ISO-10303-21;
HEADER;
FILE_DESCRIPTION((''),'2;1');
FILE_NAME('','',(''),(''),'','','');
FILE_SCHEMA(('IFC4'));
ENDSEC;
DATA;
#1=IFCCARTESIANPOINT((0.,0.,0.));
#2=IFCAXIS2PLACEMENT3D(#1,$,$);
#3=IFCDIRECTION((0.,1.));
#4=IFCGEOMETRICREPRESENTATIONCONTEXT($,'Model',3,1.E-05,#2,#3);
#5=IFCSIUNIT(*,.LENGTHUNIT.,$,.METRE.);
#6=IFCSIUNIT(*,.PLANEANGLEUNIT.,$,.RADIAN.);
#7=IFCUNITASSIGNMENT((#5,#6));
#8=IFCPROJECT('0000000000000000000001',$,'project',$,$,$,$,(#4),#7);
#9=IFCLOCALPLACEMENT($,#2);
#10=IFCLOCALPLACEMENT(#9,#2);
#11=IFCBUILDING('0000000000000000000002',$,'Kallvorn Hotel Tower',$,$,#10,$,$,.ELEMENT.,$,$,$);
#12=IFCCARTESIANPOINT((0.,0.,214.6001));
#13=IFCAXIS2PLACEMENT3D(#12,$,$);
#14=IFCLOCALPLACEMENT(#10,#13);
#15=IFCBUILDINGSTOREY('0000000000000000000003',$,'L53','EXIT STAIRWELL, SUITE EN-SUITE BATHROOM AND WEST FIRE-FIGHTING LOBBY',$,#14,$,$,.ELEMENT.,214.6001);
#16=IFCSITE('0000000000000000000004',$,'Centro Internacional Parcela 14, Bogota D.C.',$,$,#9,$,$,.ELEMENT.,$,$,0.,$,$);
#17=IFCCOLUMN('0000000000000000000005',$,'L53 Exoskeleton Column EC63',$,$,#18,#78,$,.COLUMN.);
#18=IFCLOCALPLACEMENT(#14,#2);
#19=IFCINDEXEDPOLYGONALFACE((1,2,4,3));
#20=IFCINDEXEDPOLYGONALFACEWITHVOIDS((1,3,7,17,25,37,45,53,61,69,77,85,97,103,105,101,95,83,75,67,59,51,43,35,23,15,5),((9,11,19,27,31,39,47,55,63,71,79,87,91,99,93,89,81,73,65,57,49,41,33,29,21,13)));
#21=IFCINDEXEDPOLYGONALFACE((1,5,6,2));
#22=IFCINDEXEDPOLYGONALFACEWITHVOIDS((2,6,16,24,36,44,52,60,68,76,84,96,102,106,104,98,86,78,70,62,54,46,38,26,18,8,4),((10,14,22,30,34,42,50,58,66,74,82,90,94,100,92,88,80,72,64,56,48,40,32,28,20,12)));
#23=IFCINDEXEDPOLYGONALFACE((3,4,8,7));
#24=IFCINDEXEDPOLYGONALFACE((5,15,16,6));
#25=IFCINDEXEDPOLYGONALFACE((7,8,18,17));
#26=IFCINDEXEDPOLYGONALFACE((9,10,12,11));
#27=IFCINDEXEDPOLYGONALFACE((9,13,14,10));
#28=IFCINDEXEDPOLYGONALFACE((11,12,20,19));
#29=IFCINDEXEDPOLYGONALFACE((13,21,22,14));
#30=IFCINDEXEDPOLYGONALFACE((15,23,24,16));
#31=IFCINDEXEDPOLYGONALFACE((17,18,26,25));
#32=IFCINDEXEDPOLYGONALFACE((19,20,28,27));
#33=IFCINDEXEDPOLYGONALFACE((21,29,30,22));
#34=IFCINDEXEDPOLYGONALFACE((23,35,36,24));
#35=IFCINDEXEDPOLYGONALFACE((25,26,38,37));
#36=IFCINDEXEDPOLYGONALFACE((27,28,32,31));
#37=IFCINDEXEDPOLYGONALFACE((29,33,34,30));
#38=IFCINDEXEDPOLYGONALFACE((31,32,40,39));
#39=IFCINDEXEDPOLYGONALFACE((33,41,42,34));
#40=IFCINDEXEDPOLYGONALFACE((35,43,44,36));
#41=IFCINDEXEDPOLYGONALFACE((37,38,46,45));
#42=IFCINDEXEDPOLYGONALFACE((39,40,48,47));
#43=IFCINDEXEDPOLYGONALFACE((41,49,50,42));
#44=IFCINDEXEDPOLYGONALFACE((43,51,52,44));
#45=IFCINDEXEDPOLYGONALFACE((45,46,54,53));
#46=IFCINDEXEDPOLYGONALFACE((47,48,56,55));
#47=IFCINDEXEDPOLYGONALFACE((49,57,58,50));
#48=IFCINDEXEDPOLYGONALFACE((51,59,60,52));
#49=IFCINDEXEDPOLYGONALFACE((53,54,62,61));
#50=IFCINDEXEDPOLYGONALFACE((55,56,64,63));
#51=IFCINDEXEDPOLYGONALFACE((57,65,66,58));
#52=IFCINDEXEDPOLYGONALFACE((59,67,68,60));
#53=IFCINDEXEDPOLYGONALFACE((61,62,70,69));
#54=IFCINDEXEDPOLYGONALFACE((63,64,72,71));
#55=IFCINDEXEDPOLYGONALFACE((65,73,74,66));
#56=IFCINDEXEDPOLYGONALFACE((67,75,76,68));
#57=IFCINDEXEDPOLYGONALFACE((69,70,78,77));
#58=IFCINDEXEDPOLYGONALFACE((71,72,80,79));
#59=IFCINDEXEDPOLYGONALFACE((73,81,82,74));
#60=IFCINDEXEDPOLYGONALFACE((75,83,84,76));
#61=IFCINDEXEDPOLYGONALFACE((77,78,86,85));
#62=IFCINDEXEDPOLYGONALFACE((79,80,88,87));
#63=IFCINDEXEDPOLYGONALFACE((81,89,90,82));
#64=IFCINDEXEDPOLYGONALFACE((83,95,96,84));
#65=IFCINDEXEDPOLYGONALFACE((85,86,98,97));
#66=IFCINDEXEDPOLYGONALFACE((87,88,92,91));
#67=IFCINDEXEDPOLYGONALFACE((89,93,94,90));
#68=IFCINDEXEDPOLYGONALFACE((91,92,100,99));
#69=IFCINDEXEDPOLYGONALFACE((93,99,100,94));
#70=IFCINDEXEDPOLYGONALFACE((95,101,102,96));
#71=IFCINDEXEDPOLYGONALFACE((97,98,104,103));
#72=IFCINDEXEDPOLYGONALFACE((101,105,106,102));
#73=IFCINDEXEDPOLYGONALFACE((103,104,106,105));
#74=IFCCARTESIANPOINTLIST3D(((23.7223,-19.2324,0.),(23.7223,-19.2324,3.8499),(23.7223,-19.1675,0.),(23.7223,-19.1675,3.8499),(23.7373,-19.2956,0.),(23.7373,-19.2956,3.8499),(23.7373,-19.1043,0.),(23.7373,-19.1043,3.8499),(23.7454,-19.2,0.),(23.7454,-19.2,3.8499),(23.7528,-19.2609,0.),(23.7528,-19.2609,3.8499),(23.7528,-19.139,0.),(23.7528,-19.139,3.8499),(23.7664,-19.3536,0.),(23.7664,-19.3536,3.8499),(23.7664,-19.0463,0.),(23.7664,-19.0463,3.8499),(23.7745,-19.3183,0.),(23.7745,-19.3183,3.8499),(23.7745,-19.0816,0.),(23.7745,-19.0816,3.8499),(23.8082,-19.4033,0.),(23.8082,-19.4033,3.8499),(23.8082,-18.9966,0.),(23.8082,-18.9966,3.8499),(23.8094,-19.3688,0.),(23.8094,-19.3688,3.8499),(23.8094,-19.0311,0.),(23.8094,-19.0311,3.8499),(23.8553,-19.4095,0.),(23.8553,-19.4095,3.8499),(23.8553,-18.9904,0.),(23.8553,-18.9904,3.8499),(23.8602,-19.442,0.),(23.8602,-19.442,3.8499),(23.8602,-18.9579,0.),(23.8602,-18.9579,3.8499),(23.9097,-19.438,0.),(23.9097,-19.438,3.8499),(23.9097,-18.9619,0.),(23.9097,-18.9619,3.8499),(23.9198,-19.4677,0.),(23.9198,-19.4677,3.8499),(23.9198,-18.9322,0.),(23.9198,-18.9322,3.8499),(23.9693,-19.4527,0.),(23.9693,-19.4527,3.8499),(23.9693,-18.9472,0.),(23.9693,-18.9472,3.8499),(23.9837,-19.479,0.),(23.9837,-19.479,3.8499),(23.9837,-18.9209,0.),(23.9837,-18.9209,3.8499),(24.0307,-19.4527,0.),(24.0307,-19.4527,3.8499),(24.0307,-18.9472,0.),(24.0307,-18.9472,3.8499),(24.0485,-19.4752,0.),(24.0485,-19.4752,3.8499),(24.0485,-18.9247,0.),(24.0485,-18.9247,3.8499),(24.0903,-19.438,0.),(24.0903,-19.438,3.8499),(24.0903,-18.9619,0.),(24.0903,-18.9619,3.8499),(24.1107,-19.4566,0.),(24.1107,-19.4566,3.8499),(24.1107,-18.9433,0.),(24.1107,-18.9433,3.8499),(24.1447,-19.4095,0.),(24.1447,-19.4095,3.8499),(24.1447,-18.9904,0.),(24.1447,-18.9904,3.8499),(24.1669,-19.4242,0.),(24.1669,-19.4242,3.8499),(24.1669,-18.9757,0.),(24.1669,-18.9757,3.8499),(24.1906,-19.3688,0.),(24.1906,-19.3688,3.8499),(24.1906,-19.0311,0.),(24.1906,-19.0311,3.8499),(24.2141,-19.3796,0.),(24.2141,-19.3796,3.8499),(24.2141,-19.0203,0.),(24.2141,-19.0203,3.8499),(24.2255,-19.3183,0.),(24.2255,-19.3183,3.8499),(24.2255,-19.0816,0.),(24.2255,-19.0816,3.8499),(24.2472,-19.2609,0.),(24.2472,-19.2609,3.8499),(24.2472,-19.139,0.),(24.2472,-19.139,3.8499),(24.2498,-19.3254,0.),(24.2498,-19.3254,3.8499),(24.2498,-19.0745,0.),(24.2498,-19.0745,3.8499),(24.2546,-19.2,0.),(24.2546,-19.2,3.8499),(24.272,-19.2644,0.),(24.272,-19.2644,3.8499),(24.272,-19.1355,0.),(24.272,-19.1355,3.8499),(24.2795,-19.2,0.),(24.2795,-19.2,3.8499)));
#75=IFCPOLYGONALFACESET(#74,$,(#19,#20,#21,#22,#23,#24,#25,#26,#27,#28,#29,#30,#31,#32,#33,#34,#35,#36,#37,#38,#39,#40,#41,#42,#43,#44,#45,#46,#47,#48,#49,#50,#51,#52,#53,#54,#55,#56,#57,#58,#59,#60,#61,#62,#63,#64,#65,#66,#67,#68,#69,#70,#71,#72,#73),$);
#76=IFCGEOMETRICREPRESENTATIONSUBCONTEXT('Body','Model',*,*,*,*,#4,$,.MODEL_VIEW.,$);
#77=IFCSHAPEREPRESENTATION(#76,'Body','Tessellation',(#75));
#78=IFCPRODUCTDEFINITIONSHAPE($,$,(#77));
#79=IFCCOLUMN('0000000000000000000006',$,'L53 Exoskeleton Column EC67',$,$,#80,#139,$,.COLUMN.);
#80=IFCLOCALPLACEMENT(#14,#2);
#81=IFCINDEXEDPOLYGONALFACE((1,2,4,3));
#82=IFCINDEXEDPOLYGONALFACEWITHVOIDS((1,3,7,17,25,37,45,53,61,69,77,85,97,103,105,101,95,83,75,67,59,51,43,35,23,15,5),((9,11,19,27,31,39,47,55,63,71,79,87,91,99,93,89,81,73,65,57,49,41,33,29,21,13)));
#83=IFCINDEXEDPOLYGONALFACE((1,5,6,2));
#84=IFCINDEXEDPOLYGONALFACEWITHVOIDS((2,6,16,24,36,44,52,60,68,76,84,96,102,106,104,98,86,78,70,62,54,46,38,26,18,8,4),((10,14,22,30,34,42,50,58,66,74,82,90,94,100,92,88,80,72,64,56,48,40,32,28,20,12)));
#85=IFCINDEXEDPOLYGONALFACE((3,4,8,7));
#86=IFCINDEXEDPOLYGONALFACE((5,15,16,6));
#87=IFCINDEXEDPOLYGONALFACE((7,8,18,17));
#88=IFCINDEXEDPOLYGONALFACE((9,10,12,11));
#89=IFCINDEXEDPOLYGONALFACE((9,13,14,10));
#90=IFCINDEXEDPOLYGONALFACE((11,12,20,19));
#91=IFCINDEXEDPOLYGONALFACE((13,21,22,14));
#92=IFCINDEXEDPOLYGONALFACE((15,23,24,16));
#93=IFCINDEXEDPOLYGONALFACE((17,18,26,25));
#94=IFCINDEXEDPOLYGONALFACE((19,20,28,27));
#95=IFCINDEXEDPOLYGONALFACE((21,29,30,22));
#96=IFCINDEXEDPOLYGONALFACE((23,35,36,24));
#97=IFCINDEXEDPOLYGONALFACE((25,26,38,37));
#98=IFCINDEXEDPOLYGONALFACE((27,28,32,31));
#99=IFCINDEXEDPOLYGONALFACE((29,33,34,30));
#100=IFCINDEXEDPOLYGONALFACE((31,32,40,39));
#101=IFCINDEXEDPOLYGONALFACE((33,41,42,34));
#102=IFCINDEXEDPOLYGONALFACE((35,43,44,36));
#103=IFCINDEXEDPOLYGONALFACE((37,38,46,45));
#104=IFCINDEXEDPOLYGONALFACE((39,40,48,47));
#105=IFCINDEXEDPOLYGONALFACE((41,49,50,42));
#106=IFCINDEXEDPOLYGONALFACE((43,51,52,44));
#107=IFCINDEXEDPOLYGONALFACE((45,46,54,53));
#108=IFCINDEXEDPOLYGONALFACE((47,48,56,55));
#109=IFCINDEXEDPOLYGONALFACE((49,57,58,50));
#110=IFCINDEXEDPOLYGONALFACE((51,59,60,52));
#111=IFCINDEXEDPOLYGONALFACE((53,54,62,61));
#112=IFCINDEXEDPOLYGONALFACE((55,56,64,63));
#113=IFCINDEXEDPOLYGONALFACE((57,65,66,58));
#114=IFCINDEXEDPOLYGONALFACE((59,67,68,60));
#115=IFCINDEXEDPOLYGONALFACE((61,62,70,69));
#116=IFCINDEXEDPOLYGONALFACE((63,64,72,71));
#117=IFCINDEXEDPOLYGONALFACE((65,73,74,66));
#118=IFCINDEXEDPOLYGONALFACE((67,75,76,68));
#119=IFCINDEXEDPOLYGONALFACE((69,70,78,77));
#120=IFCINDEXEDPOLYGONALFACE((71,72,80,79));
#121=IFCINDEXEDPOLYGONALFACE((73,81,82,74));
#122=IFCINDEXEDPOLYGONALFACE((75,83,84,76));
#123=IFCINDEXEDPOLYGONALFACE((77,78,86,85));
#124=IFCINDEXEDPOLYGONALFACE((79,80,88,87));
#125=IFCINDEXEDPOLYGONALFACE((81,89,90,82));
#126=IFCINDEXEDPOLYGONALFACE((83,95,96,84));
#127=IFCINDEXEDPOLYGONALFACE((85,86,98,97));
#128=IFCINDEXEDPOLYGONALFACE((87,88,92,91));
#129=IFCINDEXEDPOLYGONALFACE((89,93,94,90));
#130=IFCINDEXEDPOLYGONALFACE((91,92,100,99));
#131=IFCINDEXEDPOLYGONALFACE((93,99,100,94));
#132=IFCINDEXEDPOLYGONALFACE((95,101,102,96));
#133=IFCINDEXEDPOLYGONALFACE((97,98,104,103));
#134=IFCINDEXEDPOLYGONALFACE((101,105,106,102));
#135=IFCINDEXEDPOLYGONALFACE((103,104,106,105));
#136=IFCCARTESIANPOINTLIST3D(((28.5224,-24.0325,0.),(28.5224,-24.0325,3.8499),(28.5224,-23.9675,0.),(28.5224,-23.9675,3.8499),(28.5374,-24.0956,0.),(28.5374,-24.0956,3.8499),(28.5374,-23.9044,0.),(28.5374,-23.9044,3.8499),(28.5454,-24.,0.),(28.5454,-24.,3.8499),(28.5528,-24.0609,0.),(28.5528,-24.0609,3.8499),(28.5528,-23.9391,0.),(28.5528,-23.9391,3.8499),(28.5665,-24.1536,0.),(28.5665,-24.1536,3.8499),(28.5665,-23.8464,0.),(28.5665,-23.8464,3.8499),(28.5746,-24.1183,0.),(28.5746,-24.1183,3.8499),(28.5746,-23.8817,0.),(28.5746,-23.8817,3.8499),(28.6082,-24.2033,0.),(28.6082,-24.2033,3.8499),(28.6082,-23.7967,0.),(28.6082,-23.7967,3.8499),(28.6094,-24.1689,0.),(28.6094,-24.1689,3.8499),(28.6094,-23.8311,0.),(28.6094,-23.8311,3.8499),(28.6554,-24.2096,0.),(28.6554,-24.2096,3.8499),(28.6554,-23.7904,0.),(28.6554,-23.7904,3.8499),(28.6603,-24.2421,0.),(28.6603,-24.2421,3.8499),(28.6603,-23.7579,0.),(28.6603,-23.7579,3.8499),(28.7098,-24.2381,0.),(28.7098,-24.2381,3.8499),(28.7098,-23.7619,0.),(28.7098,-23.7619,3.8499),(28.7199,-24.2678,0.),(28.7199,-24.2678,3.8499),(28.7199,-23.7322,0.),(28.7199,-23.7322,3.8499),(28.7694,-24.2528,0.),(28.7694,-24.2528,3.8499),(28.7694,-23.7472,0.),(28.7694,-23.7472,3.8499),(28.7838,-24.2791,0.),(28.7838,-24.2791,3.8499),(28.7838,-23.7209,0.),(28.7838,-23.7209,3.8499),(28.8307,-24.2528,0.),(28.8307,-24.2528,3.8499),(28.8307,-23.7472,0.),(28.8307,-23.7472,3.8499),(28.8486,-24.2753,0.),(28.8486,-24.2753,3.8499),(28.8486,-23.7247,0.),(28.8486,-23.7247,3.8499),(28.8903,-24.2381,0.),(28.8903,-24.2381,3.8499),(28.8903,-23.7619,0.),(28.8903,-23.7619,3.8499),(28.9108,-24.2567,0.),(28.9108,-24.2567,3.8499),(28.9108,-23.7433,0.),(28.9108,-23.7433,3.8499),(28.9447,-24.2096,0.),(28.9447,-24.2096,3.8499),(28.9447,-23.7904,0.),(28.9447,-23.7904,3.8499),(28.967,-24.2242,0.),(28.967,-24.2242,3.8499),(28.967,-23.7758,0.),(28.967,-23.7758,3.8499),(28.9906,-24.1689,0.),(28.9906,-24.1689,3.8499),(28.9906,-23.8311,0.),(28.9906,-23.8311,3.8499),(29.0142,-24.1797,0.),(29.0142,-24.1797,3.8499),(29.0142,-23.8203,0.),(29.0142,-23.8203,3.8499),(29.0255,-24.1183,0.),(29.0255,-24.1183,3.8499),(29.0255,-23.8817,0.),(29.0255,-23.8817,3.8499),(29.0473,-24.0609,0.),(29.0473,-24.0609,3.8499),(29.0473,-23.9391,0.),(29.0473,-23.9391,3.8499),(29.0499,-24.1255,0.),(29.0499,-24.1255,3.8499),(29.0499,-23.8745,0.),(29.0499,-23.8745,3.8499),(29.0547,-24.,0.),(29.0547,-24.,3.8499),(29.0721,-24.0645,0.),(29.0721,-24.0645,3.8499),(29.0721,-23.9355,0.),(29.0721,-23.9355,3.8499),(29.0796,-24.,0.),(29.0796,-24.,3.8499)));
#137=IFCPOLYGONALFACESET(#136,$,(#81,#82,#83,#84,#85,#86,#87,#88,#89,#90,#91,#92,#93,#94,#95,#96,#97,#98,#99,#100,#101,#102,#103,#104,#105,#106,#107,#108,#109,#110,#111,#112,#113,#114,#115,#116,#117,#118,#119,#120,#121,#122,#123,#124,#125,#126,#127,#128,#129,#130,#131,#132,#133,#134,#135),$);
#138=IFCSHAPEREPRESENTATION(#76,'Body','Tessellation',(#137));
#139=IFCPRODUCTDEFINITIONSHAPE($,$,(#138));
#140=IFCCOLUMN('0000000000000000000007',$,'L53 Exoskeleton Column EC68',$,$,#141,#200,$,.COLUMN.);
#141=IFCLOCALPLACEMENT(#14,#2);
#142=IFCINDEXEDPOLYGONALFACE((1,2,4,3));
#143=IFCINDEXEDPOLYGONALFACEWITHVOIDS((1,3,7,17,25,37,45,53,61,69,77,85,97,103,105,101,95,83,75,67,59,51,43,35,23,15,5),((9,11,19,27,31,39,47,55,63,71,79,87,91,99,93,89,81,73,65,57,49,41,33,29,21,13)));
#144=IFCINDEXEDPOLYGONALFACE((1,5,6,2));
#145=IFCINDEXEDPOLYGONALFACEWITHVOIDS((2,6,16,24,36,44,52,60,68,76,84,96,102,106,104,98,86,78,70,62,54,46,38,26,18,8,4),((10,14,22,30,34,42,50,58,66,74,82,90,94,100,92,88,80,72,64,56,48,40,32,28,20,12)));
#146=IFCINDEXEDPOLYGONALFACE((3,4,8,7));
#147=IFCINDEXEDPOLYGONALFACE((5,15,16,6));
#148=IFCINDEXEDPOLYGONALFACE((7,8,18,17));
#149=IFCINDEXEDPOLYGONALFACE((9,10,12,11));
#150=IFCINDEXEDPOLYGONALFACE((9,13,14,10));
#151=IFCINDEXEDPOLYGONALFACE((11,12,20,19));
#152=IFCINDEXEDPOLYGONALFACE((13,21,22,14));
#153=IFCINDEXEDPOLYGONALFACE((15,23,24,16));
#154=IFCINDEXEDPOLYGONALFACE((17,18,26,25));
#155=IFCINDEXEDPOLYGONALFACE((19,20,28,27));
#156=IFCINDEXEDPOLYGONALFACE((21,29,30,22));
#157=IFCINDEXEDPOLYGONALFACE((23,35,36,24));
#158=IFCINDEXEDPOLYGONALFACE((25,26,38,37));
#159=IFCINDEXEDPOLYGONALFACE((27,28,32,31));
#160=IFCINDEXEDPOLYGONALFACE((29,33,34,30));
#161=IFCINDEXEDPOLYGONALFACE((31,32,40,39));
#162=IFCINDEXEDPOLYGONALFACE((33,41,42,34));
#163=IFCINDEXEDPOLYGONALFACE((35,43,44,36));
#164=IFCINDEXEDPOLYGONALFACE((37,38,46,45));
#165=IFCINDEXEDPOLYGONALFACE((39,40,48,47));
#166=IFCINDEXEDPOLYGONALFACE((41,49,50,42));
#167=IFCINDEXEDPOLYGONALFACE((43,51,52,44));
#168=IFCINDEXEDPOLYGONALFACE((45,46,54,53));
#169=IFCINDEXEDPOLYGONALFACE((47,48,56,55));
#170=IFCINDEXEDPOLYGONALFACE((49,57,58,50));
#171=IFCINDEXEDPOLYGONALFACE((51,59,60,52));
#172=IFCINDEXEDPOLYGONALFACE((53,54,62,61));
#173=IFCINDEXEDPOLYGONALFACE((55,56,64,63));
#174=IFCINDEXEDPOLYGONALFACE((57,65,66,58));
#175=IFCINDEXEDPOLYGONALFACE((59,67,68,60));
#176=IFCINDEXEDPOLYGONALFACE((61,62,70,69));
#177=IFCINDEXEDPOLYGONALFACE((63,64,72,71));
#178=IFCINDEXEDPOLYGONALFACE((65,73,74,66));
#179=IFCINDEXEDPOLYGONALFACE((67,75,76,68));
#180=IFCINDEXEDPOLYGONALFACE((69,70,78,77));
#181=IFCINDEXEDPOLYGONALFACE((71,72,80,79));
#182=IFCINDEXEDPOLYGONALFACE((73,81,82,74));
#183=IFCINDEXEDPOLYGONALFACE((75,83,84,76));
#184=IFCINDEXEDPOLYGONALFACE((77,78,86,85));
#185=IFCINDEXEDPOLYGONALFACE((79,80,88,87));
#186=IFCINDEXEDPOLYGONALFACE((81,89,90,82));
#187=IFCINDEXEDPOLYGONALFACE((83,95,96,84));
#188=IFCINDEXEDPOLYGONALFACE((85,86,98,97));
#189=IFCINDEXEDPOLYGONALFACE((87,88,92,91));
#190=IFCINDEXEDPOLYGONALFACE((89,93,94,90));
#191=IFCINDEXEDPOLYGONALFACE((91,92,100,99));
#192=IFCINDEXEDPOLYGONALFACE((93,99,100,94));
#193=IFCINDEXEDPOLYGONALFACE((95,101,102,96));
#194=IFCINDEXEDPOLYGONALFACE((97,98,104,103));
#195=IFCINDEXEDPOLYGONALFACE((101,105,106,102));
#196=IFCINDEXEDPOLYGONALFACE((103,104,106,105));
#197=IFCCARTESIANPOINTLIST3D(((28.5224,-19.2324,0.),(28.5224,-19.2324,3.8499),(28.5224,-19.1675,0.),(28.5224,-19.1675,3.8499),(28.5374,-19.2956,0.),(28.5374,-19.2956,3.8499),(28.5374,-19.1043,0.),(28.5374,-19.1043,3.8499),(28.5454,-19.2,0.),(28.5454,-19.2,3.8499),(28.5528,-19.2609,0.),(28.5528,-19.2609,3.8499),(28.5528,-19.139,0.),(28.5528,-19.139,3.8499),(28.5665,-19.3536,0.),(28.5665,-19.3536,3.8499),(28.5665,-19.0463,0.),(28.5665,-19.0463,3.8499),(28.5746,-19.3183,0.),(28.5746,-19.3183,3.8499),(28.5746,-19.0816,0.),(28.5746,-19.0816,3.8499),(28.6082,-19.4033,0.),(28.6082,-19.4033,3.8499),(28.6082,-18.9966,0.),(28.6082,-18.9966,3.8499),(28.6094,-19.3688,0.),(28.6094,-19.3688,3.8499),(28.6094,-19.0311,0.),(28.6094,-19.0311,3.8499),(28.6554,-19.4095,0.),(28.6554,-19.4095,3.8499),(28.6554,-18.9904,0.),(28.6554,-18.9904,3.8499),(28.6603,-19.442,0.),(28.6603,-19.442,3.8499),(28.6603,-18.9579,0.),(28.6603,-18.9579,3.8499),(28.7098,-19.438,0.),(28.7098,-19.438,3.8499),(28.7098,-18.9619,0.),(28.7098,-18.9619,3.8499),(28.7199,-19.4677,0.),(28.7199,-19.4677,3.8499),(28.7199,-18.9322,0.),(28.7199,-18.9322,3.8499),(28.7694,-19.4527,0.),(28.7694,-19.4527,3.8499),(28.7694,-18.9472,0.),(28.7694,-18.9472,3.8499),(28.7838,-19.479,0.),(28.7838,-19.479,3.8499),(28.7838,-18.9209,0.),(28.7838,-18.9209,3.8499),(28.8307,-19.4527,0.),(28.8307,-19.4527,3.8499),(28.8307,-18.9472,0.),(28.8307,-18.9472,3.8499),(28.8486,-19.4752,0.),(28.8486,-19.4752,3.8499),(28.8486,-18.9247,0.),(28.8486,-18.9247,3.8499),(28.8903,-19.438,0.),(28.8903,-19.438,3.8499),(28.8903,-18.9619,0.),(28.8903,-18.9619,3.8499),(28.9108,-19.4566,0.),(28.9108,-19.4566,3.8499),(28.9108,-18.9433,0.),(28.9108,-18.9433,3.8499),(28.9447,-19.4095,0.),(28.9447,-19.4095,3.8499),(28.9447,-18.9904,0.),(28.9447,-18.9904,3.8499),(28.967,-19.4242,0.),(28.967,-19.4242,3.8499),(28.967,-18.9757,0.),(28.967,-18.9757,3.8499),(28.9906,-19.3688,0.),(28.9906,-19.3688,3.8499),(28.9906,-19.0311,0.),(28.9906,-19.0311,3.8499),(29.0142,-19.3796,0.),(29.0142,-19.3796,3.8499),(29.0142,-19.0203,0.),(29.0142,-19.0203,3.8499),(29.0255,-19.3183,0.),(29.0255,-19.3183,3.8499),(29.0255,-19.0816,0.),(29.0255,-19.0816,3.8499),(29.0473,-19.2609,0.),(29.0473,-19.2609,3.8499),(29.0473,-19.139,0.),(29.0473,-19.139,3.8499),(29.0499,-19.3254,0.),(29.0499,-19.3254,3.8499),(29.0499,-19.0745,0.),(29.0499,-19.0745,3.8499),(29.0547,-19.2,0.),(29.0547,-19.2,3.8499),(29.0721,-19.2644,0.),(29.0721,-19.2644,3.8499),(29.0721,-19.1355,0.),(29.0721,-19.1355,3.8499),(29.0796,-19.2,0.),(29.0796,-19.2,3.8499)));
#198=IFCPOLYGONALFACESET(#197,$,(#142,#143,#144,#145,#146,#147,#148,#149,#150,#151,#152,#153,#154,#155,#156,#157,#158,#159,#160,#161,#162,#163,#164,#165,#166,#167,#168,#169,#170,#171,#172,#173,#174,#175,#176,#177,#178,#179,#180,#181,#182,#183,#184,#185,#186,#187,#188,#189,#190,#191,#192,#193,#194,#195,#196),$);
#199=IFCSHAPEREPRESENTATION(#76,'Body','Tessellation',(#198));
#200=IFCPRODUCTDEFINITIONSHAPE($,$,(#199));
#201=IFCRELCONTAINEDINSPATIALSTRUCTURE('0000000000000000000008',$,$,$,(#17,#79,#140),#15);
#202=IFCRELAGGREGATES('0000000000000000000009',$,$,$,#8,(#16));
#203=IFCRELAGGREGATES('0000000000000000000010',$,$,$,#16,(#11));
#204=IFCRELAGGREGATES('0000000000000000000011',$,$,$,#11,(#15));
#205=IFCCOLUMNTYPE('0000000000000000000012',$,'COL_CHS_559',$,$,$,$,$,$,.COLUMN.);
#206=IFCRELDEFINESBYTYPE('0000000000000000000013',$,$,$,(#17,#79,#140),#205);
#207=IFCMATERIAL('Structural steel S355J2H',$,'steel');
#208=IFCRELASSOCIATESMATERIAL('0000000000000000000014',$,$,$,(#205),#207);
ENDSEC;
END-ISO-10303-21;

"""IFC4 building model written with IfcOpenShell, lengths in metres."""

from ifc_helpers import new_model, si_unit, direction, frame, origin, origin_2d, place, context, subcontext, project, spatial, hollow_circle, extrude, material, material_profile, profile_set, type_object, element, save


model = new_model("IFC4")

# Units and contexts
model_context = context("Model", 3, precision=1e-05, world=origin(), true_north=direction((0.0, 1.0)))
body_context = subcontext(model_context, "Body", "Model", "MODEL_VIEW")
ifc_project = project(units=[si_unit("LENGTHUNIT", "METRE"), si_unit("PLANEANGLEUNIT", "RADIAN")], contexts=[model_context])

# Site, building, storey
site_placement = place(None, origin())
site = spatial("IfcSite", under=ifc_project, at=site_placement, Name="Centro Internacional Parcela 14, Bogota D.C.", CompositionType="ELEMENT", RefElevation=0.0)
building_placement = place(site_placement, origin())
building = spatial("IfcBuilding", under=site, at=building_placement, Name="Kallvorn Hotel Tower", CompositionType="ELEMENT")
storey_placement = place(building_placement, frame((0.0, 0.0, 214.6001)))
storey = spatial("IfcBuildingStorey", under=building, at=storey_placement, Name="L53", Description="EXIT STAIRWELL, SUITE EN-SUITE BATHROOM AND WEST FIRE-FIGHTING LOBBY", CompositionType="ELEMENT", Elevation=214.6001)

# Columns
ifc_material_1 = material(Name="Structural steel S355J2H", Category="steel")
ifc_material_profile_1 = material_profile(ifc_material_1, hollow_circle(Radius=0.2795, WallThickness=0.0249, at=origin_2d()), Name="CHS 559x25")
ifc_profile_set_1 = profile_set([ifc_material_profile_1], Name="Structural steel S355J2H")
column_type = type_object("IfcColumnType", Name="COL_CHS_559", PredefinedType="COLUMN", material=ifc_profile_set_1)
for number, where, z_axis, x_axis, name in (
    (1, (24.0, -19.2, 0.0), (0.0, 0.0, 1.0), (1.0, 0.0, 0.0), "L53 Exoskeleton Column EC63"),
    (2, (28.8, -24.0, 0.0), (0.0, 0.0, 1.0), (1.0, 0.0, 0.0), "L53 Exoskeleton Column EC67"),
    (3, (28.8, -19.2, 0.0), (0.0, 0.0, 1.0), (1.0, 0.0, 0.0), "L53 Exoskeleton Column EC68"),
):
    element("IfcColumn", number, at=place(storey_placement, frame(where, z_axis=z_axis, x_axis=x_axis)), inside=storey, type_object=column_type, Name=name, PredefinedType="COLUMN", context=body_context, shape_type="SweptSolid", body=[
        extrude(hollow_circle(Radius=0.2795, WallThickness=0.0249, at=origin_2d()), origin(), (0.0, 0.0, 1.0), 3.8499),
    ])

save(model, "model.ifc")
